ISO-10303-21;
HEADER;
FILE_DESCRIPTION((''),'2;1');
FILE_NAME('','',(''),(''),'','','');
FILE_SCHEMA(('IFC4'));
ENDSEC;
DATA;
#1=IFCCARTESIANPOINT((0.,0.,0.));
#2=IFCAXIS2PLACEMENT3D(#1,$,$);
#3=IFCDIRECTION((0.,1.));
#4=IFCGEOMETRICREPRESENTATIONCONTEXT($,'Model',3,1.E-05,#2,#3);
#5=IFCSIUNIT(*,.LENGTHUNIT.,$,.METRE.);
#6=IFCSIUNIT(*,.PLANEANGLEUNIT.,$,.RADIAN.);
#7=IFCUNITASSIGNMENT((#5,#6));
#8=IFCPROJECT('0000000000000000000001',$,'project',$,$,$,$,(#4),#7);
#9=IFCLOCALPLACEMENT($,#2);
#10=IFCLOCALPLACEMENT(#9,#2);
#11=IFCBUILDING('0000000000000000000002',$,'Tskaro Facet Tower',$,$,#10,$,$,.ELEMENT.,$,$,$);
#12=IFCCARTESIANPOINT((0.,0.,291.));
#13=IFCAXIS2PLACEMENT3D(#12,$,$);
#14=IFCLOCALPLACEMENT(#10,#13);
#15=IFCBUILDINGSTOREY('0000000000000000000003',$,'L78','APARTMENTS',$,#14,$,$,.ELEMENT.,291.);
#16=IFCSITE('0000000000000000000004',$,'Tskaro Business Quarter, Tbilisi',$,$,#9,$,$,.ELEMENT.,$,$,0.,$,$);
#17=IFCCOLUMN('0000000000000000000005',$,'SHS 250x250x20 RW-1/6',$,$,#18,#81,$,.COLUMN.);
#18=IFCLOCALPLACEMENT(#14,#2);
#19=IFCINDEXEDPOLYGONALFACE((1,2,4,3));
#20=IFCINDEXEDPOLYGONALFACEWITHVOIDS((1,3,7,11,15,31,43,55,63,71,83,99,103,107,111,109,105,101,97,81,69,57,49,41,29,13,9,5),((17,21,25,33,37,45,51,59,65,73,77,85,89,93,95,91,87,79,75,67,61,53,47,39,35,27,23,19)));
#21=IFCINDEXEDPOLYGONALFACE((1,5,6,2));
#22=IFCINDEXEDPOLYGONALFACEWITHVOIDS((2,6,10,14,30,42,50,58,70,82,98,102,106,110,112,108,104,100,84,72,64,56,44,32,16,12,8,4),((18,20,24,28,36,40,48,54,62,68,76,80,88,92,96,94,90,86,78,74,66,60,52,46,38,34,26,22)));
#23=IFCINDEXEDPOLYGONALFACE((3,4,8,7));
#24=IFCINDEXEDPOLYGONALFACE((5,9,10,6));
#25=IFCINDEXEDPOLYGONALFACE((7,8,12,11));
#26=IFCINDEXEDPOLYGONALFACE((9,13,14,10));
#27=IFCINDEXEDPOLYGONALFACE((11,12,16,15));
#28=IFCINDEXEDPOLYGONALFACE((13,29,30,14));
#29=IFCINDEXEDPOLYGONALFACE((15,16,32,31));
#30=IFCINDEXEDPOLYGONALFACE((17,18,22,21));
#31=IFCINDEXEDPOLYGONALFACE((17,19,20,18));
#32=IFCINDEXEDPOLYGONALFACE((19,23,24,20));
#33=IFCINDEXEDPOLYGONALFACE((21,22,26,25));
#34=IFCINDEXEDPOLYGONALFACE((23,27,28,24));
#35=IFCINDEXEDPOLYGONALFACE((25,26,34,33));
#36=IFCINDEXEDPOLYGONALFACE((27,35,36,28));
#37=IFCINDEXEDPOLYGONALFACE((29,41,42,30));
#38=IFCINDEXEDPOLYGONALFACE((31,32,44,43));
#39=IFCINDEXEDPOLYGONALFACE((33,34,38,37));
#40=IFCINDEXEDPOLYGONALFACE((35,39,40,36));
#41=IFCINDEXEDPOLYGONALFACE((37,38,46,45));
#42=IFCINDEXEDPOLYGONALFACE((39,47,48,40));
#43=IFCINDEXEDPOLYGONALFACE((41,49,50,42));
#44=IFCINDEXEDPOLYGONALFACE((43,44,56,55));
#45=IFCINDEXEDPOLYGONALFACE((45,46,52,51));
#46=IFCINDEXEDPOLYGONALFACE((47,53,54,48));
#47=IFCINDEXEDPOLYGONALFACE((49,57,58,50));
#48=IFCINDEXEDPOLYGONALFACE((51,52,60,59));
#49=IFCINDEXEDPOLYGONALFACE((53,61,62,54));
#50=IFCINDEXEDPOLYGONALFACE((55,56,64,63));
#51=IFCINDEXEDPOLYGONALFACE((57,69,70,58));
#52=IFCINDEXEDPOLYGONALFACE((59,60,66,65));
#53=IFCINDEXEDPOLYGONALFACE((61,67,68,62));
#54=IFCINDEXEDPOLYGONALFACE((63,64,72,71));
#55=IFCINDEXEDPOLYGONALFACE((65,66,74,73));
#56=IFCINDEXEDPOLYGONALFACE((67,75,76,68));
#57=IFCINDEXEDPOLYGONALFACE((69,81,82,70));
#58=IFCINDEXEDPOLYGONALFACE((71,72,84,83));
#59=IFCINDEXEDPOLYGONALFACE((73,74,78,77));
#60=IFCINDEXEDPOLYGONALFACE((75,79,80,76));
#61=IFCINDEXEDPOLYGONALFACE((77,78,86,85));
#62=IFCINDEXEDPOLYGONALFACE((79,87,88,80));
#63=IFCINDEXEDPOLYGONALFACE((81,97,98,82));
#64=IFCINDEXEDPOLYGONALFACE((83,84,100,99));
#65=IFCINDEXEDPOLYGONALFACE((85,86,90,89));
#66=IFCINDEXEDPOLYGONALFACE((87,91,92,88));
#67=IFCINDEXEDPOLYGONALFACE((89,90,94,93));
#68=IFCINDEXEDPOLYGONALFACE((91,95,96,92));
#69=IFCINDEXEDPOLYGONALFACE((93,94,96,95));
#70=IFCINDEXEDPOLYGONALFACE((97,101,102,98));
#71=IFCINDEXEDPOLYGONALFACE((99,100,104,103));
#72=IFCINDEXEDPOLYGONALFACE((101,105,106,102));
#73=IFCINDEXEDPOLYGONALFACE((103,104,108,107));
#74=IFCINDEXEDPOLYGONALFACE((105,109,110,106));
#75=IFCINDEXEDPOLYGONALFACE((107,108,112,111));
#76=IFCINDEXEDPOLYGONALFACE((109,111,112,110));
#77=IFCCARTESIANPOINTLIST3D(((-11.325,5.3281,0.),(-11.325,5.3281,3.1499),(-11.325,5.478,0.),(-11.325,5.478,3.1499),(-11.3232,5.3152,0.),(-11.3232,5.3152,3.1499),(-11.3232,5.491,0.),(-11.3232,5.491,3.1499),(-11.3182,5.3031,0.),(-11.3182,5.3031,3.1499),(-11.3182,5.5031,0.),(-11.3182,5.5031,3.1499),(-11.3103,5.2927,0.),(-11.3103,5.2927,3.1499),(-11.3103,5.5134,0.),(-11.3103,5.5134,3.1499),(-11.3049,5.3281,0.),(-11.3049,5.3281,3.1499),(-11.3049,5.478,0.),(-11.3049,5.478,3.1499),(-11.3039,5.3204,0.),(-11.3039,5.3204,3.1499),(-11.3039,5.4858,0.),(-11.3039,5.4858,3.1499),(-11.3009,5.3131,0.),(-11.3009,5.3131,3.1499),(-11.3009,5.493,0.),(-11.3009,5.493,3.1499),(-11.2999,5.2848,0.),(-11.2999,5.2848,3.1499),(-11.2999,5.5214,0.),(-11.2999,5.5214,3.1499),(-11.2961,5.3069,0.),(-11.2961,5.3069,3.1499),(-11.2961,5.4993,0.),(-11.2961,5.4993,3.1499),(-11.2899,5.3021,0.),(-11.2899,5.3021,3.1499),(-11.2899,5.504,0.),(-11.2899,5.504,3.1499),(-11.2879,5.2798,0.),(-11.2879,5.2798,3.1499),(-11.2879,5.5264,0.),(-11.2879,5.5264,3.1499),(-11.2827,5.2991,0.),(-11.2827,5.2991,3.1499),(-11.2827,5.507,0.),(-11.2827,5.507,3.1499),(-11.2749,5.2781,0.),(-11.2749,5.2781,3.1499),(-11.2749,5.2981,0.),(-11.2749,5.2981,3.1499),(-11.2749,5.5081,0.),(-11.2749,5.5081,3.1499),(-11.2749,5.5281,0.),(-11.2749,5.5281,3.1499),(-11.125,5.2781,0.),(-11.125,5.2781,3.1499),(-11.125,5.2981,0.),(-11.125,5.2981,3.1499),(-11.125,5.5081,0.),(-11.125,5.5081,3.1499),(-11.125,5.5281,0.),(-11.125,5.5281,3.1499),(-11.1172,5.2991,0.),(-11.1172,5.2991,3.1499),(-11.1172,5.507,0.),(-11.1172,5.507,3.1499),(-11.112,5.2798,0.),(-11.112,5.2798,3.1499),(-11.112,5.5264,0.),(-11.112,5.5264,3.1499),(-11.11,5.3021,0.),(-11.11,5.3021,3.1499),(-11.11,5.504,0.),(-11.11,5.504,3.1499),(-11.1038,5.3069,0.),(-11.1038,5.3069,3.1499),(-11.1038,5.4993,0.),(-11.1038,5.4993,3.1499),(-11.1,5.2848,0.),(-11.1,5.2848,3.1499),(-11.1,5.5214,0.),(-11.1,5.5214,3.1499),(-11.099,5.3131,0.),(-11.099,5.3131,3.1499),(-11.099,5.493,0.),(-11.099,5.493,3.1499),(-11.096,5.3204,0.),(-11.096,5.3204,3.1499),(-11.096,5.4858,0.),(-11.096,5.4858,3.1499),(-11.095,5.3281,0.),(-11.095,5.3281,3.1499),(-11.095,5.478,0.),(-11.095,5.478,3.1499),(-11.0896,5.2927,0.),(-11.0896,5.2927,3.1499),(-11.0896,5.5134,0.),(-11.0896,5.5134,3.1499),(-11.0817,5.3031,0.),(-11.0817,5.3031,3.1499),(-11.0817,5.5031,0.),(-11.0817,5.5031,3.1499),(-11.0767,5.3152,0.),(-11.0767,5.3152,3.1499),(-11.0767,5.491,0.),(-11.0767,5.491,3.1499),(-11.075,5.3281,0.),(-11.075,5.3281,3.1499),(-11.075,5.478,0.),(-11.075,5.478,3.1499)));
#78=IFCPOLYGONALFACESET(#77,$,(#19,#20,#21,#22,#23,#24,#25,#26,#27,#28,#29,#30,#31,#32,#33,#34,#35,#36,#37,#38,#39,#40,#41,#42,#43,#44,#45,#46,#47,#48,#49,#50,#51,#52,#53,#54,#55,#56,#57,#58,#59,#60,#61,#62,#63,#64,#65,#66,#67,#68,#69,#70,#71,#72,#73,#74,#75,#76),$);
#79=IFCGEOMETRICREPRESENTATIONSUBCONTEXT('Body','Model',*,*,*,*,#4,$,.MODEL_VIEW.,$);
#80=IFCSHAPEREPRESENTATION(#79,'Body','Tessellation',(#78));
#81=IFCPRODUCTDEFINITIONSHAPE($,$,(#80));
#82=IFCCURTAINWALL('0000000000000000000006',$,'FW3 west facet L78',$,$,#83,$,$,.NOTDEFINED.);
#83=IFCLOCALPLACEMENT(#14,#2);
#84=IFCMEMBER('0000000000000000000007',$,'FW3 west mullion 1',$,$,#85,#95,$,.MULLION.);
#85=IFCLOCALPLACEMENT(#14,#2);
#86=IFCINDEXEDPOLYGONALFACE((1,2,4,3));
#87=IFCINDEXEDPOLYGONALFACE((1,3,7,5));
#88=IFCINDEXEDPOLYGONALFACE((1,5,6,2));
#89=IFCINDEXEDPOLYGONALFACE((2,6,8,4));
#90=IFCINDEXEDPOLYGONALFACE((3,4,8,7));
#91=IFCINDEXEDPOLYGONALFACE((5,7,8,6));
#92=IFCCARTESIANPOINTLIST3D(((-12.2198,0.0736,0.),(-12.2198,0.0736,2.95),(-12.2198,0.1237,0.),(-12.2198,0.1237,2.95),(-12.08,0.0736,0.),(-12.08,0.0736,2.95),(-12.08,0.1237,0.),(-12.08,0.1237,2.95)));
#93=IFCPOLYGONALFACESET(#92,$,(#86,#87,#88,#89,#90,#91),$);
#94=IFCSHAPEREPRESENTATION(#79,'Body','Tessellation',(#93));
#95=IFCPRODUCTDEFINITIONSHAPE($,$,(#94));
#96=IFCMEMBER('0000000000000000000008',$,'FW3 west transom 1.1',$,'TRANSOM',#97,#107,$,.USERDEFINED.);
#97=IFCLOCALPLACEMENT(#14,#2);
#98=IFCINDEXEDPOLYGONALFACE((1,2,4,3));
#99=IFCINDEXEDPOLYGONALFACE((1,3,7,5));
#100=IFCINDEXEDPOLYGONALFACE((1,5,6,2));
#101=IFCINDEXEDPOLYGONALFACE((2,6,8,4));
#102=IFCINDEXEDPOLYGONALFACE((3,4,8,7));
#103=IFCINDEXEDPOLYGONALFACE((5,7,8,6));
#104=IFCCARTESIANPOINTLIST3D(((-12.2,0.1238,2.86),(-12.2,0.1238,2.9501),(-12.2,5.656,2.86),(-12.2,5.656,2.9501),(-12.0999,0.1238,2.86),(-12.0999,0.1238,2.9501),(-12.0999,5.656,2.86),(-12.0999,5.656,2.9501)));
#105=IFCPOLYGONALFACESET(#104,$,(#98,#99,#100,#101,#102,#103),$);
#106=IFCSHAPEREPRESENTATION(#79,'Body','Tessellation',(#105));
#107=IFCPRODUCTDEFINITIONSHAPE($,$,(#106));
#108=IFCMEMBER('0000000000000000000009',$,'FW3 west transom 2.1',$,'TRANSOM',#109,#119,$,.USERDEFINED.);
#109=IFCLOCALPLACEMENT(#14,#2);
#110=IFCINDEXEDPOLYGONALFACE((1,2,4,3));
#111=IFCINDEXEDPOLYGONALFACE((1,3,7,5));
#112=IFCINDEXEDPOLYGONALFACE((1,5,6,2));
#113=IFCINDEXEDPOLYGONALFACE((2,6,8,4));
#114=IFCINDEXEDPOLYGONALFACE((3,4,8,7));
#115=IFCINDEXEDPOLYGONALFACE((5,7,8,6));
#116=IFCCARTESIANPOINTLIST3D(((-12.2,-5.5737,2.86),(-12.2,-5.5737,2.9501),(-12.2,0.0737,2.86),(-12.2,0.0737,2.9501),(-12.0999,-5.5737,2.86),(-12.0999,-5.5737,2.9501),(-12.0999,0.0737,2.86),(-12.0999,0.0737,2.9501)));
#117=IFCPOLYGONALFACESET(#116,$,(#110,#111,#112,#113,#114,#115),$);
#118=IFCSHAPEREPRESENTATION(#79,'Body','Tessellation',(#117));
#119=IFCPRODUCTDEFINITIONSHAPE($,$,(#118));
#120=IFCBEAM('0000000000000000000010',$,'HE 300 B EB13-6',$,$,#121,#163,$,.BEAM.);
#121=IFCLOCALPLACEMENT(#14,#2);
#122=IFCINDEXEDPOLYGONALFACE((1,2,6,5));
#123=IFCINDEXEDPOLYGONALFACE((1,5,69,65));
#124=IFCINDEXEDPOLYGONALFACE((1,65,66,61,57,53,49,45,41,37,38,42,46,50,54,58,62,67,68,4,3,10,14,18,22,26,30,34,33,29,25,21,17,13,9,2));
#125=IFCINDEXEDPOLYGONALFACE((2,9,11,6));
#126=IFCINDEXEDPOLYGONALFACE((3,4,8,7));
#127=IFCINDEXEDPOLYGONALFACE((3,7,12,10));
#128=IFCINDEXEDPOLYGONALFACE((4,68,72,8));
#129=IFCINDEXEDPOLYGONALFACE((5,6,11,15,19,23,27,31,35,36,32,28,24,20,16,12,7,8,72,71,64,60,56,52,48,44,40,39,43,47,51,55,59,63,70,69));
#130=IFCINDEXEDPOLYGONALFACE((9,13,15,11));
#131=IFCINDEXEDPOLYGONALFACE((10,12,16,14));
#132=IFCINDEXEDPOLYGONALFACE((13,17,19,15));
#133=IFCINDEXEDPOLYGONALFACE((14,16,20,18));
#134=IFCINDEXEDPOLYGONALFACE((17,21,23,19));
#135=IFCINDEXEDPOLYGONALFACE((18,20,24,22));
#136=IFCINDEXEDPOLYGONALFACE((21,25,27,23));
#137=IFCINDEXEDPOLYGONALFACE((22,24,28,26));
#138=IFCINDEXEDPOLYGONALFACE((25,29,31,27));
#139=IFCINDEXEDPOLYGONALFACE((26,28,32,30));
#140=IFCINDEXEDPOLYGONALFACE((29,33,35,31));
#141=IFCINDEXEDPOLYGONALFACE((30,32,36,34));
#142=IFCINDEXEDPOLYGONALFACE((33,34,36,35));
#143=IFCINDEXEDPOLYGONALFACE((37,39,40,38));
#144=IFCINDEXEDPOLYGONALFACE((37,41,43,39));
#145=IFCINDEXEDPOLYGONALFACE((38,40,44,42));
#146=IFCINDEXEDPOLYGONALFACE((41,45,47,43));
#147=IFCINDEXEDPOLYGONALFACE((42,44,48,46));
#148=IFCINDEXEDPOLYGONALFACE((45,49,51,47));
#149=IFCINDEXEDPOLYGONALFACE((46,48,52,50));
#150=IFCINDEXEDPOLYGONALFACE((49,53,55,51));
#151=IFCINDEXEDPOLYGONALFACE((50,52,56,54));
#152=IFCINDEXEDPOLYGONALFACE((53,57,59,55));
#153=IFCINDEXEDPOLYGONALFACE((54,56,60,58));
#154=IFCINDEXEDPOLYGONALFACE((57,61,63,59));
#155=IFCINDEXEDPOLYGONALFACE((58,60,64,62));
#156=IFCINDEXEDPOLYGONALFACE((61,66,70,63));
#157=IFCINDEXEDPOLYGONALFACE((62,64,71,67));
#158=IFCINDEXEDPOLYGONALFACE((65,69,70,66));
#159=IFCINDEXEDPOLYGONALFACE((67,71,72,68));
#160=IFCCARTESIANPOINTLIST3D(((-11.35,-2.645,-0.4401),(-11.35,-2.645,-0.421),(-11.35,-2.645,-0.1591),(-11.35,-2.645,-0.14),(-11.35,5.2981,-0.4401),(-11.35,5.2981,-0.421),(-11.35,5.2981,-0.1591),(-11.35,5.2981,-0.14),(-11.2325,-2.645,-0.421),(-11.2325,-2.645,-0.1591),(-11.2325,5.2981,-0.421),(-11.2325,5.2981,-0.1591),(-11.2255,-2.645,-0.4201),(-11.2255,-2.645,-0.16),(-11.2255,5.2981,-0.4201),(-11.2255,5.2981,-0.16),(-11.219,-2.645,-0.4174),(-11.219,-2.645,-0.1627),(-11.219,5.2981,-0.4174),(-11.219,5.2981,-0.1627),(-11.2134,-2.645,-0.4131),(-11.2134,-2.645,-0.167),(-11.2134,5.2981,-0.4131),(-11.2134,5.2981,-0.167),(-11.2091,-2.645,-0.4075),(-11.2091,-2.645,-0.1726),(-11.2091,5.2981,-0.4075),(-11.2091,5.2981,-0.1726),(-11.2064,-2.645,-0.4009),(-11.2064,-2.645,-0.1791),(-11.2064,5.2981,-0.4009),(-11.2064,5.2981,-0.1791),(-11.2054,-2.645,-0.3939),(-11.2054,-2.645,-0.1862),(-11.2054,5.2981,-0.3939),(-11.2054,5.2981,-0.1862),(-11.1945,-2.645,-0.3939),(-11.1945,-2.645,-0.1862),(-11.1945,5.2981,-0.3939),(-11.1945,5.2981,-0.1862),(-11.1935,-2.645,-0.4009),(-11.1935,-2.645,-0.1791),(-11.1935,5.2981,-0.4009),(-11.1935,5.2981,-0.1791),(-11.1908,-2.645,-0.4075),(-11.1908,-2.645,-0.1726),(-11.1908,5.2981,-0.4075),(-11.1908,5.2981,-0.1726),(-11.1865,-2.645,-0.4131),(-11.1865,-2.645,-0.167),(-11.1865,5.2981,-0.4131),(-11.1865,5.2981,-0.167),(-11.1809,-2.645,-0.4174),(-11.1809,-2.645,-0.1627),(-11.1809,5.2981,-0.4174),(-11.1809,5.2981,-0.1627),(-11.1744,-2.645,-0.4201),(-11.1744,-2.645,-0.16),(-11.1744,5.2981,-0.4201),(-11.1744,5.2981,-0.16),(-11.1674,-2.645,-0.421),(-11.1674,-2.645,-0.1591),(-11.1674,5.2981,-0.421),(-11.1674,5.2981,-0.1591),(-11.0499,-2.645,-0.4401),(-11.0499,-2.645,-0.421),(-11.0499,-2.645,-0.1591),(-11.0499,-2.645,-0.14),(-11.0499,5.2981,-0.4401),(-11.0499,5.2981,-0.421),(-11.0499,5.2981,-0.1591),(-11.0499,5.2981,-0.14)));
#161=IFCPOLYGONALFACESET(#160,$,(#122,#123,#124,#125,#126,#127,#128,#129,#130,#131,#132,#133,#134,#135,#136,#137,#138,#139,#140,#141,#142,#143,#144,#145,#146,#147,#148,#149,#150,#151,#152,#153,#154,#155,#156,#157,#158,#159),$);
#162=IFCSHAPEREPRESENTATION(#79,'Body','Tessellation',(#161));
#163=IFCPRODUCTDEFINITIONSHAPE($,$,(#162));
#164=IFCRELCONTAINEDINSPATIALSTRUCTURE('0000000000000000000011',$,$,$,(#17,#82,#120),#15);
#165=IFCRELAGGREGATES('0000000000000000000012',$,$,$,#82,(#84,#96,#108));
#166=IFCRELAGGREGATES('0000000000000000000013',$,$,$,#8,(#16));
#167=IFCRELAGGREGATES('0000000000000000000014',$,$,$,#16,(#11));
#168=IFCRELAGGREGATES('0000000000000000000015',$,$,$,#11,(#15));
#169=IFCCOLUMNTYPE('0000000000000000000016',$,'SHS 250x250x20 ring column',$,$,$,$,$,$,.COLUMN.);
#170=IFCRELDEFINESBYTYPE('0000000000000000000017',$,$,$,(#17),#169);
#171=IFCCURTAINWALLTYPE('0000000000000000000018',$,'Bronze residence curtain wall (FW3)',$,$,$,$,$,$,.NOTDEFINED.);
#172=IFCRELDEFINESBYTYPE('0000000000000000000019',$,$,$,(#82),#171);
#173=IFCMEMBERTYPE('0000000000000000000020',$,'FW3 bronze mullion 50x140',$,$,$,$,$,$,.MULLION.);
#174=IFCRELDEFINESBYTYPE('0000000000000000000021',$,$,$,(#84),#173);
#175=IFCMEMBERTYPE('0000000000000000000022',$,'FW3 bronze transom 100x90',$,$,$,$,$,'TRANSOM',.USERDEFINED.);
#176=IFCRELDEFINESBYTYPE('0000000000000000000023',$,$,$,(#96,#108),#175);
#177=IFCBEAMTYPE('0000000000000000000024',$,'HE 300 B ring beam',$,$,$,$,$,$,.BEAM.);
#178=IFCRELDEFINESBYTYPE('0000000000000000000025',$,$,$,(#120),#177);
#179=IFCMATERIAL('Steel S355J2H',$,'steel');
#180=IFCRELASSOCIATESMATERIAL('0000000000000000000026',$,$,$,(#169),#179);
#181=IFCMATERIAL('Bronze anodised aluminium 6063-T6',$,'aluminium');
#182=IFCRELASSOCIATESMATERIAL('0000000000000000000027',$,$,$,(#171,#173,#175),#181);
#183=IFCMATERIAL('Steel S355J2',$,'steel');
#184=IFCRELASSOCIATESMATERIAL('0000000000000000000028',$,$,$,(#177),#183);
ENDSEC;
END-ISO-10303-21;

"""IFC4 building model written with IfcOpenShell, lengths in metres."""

from ifc_helpers import new_model, si_unit, direction, frame, origin, origin_2d, place, context, subcontext, project, spatial, rectangle, hollow_rectangle, i_section, extrude, material, material_profile, profile_set, type_object, element, aggregate, save


model = new_model("IFC4")

# Units and contexts
model_context = context("Model", 3, precision=1e-05, world=origin(), true_north=direction((0.0, 1.0)))
body_context = subcontext(model_context, "Body", "Model", "MODEL_VIEW")
ifc_project = project(units=[si_unit("LENGTHUNIT", "METRE"), si_unit("PLANEANGLEUNIT", "RADIAN")], contexts=[model_context])

# Site, building, storey
site_placement = place(None, origin())
site = spatial("IfcSite", under=ifc_project, at=site_placement, Name="Tskaro Business Quarter, Tbilisi", CompositionType="ELEMENT", RefElevation=0.0)
building_placement = place(site_placement, origin())
building = spatial("IfcBuilding", under=site, at=building_placement, Name="Tskaro Facet Tower", CompositionType="ELEMENT")
storey_placement = place(building_placement, frame((0.0, 0.0, 291.0)))
storey = spatial("IfcBuildingStorey", under=building, at=storey_placement, Name="L78", Description="APARTMENTS", CompositionType="ELEMENT", Elevation=291.0)

# Column
ifc_material_1 = material(Name="Steel S355J2H", Category="steel")
ifc_material_profile_1 = material_profile(ifc_material_1, hollow_rectangle(XDim=0.25, YDim=0.25, WallThickness=0.02, InnerFilletRadius=0.03, OuterFilletRadius=0.05, at=origin_2d()), Name="SHS 250x250x20")
ifc_profile_set_1 = profile_set([ifc_material_profile_1], Name="Steel S355J2H")
column_type = type_object("IfcColumnType", Name="SHS 250x250x20 ring column", PredefinedType="COLUMN", material=ifc_profile_set_1)
column_placement = place(storey_placement, frame((-11.2, 5.4031, 0.0), z_axis=(0.0, 0.0, 1.0), x_axis=(1.0, 0.0, 0.0)))
element("IfcColumn", 1, at=column_placement, inside=storey, type_object=column_type, Name="SHS 250x250x20 RW-1/6", PredefinedType="COLUMN", context=body_context, shape_type="SweptSolid", body=[
    extrude(hollow_rectangle(XDim=0.25, YDim=0.25, WallThickness=0.02, InnerFilletRadius=0.03, OuterFilletRadius=0.05, at=origin_2d()), origin(), (0.0, 0.0, 1.0), 3.1499),
])

# Curtain wall, members
ifc_material_2 = material(Name="Bronze anodised aluminium 6063-T6", Category="aluminium")
curtain_wall_type = type_object("IfcCurtainWallType", Name="Bronze residence curtain wall (FW3)", PredefinedType="NOTDEFINED", material=ifc_material_2)
curtain_wall_placement = place(storey_placement, origin())
curtain_wall = element("IfcCurtainWall", 2, at=curtain_wall_placement, inside=storey, type_object=curtain_wall_type, Name="FW3 west facet L78", PredefinedType="NOTDEFINED")
ifc_material_profile_2 = material_profile(ifc_material_2, rectangle(XDim=0.05, YDim=0.1399, at=origin_2d()), Name="Mullion 50x140")
ifc_profile_set_2 = profile_set([ifc_material_profile_2], Name="Bronze anodised aluminium 6063-T6")
member_type_1 = type_object("IfcMemberType", Name="FW3 bronze mullion 50x140", PredefinedType="MULLION", material=ifc_profile_set_2)
member_1_placement = place(storey_placement, frame((-12.1499, 0.0986, 0.0), z_axis=(0.0, 0.0, 1.0), x_axis=(0.0, -1.0, 0.0)))
member_1 = element("IfcMember", 3, at=member_1_placement, type_object=member_type_1, Name="FW3 west mullion 1", PredefinedType="MULLION", context=body_context, shape_type="SweptSolid", body=[
    extrude(rectangle(XDim=0.05, YDim=0.1399, at=origin_2d()), origin(), (0.0, 0.0, 1.0), 2.95),
])
ifc_material_profile_3 = material_profile(ifc_material_2, rectangle(XDim=0.1001, YDim=0.0901, at=origin_2d()), Name="Transom 100x90")
ifc_profile_set_3 = profile_set([ifc_material_profile_3], Name="Bronze anodised aluminium 6063-T6")
member_type_2 = type_object("IfcMemberType", Name="FW3 bronze transom 100x90", ElementType="TRANSOM", PredefinedType="USERDEFINED", material=ifc_profile_set_3)
member_2_placement = place(storey_placement, frame((-12.1499, 5.656, 2.905), z_axis=(0.0, -1.0, 0.0), x_axis=(1.0, 0.0, 0.0)))
member_2 = element("IfcMember", 4, at=member_2_placement, type_object=member_type_2, Name="FW3 west transom 1.1", ObjectType="TRANSOM", PredefinedType="USERDEFINED", context=body_context, shape_type="SweptSolid", body=[
    extrude(rectangle(XDim=0.1001, YDim=0.0901, at=origin_2d()), origin(), (0.0, 0.0, 1.0), 5.5322),
])
member_3_placement = place(storey_placement, frame((-12.1499, 0.0737, 2.905), z_axis=(0.0, -1.0, 0.0), x_axis=(1.0, 0.0, 0.0)))
member_3 = element("IfcMember", 5, at=member_3_placement, type_object=member_type_2, Name="FW3 west transom 2.1", ObjectType="TRANSOM", PredefinedType="USERDEFINED", context=body_context, shape_type="SweptSolid", body=[
    extrude(rectangle(XDim=0.1001, YDim=0.0901, at=origin_2d()), origin(), (0.0, 0.0, 1.0), 5.6475),
])

# Beam
ifc_material_3 = material(Name="Steel S355J2", Category="steel")
ifc_material_profile_4 = material_profile(ifc_material_3, i_section(OverallWidth=0.3, OverallDepth=0.3, WebThickness=0.011, FlangeThickness=0.019, FilletRadius=0.0271, at=origin_2d()), Name="HE 300 B")
ifc_profile_set_4 = profile_set([ifc_material_profile_4], Name="Steel S355J2")
beam_type_1 = type_object("IfcBeamType", Name="HE 300 B ring beam", PredefinedType="BEAM", material=ifc_profile_set_4)
beam_1_placement = place(storey_placement, frame((-11.2, 5.2981, -0.29), z_axis=(0.0, -1.0, 0.0), x_axis=(1.0, 0.0, 0.0)))
element("IfcBeam", 6, at=beam_1_placement, inside=storey, type_object=beam_type_1, Name="HE 300 B EB13-6", PredefinedType="BEAM", context=body_context, shape_type="SweptSolid", body=[
    extrude(i_section(OverallWidth=0.3, OverallDepth=0.3, WebThickness=0.011, FlangeThickness=0.019, FilletRadius=0.0271, at=origin_2d()), origin(), (0.0, 0.0, 1.0), 7.9431),
])

aggregate(curtain_wall, [member_1, member_2, member_3])

save(model, "model.ifc")
